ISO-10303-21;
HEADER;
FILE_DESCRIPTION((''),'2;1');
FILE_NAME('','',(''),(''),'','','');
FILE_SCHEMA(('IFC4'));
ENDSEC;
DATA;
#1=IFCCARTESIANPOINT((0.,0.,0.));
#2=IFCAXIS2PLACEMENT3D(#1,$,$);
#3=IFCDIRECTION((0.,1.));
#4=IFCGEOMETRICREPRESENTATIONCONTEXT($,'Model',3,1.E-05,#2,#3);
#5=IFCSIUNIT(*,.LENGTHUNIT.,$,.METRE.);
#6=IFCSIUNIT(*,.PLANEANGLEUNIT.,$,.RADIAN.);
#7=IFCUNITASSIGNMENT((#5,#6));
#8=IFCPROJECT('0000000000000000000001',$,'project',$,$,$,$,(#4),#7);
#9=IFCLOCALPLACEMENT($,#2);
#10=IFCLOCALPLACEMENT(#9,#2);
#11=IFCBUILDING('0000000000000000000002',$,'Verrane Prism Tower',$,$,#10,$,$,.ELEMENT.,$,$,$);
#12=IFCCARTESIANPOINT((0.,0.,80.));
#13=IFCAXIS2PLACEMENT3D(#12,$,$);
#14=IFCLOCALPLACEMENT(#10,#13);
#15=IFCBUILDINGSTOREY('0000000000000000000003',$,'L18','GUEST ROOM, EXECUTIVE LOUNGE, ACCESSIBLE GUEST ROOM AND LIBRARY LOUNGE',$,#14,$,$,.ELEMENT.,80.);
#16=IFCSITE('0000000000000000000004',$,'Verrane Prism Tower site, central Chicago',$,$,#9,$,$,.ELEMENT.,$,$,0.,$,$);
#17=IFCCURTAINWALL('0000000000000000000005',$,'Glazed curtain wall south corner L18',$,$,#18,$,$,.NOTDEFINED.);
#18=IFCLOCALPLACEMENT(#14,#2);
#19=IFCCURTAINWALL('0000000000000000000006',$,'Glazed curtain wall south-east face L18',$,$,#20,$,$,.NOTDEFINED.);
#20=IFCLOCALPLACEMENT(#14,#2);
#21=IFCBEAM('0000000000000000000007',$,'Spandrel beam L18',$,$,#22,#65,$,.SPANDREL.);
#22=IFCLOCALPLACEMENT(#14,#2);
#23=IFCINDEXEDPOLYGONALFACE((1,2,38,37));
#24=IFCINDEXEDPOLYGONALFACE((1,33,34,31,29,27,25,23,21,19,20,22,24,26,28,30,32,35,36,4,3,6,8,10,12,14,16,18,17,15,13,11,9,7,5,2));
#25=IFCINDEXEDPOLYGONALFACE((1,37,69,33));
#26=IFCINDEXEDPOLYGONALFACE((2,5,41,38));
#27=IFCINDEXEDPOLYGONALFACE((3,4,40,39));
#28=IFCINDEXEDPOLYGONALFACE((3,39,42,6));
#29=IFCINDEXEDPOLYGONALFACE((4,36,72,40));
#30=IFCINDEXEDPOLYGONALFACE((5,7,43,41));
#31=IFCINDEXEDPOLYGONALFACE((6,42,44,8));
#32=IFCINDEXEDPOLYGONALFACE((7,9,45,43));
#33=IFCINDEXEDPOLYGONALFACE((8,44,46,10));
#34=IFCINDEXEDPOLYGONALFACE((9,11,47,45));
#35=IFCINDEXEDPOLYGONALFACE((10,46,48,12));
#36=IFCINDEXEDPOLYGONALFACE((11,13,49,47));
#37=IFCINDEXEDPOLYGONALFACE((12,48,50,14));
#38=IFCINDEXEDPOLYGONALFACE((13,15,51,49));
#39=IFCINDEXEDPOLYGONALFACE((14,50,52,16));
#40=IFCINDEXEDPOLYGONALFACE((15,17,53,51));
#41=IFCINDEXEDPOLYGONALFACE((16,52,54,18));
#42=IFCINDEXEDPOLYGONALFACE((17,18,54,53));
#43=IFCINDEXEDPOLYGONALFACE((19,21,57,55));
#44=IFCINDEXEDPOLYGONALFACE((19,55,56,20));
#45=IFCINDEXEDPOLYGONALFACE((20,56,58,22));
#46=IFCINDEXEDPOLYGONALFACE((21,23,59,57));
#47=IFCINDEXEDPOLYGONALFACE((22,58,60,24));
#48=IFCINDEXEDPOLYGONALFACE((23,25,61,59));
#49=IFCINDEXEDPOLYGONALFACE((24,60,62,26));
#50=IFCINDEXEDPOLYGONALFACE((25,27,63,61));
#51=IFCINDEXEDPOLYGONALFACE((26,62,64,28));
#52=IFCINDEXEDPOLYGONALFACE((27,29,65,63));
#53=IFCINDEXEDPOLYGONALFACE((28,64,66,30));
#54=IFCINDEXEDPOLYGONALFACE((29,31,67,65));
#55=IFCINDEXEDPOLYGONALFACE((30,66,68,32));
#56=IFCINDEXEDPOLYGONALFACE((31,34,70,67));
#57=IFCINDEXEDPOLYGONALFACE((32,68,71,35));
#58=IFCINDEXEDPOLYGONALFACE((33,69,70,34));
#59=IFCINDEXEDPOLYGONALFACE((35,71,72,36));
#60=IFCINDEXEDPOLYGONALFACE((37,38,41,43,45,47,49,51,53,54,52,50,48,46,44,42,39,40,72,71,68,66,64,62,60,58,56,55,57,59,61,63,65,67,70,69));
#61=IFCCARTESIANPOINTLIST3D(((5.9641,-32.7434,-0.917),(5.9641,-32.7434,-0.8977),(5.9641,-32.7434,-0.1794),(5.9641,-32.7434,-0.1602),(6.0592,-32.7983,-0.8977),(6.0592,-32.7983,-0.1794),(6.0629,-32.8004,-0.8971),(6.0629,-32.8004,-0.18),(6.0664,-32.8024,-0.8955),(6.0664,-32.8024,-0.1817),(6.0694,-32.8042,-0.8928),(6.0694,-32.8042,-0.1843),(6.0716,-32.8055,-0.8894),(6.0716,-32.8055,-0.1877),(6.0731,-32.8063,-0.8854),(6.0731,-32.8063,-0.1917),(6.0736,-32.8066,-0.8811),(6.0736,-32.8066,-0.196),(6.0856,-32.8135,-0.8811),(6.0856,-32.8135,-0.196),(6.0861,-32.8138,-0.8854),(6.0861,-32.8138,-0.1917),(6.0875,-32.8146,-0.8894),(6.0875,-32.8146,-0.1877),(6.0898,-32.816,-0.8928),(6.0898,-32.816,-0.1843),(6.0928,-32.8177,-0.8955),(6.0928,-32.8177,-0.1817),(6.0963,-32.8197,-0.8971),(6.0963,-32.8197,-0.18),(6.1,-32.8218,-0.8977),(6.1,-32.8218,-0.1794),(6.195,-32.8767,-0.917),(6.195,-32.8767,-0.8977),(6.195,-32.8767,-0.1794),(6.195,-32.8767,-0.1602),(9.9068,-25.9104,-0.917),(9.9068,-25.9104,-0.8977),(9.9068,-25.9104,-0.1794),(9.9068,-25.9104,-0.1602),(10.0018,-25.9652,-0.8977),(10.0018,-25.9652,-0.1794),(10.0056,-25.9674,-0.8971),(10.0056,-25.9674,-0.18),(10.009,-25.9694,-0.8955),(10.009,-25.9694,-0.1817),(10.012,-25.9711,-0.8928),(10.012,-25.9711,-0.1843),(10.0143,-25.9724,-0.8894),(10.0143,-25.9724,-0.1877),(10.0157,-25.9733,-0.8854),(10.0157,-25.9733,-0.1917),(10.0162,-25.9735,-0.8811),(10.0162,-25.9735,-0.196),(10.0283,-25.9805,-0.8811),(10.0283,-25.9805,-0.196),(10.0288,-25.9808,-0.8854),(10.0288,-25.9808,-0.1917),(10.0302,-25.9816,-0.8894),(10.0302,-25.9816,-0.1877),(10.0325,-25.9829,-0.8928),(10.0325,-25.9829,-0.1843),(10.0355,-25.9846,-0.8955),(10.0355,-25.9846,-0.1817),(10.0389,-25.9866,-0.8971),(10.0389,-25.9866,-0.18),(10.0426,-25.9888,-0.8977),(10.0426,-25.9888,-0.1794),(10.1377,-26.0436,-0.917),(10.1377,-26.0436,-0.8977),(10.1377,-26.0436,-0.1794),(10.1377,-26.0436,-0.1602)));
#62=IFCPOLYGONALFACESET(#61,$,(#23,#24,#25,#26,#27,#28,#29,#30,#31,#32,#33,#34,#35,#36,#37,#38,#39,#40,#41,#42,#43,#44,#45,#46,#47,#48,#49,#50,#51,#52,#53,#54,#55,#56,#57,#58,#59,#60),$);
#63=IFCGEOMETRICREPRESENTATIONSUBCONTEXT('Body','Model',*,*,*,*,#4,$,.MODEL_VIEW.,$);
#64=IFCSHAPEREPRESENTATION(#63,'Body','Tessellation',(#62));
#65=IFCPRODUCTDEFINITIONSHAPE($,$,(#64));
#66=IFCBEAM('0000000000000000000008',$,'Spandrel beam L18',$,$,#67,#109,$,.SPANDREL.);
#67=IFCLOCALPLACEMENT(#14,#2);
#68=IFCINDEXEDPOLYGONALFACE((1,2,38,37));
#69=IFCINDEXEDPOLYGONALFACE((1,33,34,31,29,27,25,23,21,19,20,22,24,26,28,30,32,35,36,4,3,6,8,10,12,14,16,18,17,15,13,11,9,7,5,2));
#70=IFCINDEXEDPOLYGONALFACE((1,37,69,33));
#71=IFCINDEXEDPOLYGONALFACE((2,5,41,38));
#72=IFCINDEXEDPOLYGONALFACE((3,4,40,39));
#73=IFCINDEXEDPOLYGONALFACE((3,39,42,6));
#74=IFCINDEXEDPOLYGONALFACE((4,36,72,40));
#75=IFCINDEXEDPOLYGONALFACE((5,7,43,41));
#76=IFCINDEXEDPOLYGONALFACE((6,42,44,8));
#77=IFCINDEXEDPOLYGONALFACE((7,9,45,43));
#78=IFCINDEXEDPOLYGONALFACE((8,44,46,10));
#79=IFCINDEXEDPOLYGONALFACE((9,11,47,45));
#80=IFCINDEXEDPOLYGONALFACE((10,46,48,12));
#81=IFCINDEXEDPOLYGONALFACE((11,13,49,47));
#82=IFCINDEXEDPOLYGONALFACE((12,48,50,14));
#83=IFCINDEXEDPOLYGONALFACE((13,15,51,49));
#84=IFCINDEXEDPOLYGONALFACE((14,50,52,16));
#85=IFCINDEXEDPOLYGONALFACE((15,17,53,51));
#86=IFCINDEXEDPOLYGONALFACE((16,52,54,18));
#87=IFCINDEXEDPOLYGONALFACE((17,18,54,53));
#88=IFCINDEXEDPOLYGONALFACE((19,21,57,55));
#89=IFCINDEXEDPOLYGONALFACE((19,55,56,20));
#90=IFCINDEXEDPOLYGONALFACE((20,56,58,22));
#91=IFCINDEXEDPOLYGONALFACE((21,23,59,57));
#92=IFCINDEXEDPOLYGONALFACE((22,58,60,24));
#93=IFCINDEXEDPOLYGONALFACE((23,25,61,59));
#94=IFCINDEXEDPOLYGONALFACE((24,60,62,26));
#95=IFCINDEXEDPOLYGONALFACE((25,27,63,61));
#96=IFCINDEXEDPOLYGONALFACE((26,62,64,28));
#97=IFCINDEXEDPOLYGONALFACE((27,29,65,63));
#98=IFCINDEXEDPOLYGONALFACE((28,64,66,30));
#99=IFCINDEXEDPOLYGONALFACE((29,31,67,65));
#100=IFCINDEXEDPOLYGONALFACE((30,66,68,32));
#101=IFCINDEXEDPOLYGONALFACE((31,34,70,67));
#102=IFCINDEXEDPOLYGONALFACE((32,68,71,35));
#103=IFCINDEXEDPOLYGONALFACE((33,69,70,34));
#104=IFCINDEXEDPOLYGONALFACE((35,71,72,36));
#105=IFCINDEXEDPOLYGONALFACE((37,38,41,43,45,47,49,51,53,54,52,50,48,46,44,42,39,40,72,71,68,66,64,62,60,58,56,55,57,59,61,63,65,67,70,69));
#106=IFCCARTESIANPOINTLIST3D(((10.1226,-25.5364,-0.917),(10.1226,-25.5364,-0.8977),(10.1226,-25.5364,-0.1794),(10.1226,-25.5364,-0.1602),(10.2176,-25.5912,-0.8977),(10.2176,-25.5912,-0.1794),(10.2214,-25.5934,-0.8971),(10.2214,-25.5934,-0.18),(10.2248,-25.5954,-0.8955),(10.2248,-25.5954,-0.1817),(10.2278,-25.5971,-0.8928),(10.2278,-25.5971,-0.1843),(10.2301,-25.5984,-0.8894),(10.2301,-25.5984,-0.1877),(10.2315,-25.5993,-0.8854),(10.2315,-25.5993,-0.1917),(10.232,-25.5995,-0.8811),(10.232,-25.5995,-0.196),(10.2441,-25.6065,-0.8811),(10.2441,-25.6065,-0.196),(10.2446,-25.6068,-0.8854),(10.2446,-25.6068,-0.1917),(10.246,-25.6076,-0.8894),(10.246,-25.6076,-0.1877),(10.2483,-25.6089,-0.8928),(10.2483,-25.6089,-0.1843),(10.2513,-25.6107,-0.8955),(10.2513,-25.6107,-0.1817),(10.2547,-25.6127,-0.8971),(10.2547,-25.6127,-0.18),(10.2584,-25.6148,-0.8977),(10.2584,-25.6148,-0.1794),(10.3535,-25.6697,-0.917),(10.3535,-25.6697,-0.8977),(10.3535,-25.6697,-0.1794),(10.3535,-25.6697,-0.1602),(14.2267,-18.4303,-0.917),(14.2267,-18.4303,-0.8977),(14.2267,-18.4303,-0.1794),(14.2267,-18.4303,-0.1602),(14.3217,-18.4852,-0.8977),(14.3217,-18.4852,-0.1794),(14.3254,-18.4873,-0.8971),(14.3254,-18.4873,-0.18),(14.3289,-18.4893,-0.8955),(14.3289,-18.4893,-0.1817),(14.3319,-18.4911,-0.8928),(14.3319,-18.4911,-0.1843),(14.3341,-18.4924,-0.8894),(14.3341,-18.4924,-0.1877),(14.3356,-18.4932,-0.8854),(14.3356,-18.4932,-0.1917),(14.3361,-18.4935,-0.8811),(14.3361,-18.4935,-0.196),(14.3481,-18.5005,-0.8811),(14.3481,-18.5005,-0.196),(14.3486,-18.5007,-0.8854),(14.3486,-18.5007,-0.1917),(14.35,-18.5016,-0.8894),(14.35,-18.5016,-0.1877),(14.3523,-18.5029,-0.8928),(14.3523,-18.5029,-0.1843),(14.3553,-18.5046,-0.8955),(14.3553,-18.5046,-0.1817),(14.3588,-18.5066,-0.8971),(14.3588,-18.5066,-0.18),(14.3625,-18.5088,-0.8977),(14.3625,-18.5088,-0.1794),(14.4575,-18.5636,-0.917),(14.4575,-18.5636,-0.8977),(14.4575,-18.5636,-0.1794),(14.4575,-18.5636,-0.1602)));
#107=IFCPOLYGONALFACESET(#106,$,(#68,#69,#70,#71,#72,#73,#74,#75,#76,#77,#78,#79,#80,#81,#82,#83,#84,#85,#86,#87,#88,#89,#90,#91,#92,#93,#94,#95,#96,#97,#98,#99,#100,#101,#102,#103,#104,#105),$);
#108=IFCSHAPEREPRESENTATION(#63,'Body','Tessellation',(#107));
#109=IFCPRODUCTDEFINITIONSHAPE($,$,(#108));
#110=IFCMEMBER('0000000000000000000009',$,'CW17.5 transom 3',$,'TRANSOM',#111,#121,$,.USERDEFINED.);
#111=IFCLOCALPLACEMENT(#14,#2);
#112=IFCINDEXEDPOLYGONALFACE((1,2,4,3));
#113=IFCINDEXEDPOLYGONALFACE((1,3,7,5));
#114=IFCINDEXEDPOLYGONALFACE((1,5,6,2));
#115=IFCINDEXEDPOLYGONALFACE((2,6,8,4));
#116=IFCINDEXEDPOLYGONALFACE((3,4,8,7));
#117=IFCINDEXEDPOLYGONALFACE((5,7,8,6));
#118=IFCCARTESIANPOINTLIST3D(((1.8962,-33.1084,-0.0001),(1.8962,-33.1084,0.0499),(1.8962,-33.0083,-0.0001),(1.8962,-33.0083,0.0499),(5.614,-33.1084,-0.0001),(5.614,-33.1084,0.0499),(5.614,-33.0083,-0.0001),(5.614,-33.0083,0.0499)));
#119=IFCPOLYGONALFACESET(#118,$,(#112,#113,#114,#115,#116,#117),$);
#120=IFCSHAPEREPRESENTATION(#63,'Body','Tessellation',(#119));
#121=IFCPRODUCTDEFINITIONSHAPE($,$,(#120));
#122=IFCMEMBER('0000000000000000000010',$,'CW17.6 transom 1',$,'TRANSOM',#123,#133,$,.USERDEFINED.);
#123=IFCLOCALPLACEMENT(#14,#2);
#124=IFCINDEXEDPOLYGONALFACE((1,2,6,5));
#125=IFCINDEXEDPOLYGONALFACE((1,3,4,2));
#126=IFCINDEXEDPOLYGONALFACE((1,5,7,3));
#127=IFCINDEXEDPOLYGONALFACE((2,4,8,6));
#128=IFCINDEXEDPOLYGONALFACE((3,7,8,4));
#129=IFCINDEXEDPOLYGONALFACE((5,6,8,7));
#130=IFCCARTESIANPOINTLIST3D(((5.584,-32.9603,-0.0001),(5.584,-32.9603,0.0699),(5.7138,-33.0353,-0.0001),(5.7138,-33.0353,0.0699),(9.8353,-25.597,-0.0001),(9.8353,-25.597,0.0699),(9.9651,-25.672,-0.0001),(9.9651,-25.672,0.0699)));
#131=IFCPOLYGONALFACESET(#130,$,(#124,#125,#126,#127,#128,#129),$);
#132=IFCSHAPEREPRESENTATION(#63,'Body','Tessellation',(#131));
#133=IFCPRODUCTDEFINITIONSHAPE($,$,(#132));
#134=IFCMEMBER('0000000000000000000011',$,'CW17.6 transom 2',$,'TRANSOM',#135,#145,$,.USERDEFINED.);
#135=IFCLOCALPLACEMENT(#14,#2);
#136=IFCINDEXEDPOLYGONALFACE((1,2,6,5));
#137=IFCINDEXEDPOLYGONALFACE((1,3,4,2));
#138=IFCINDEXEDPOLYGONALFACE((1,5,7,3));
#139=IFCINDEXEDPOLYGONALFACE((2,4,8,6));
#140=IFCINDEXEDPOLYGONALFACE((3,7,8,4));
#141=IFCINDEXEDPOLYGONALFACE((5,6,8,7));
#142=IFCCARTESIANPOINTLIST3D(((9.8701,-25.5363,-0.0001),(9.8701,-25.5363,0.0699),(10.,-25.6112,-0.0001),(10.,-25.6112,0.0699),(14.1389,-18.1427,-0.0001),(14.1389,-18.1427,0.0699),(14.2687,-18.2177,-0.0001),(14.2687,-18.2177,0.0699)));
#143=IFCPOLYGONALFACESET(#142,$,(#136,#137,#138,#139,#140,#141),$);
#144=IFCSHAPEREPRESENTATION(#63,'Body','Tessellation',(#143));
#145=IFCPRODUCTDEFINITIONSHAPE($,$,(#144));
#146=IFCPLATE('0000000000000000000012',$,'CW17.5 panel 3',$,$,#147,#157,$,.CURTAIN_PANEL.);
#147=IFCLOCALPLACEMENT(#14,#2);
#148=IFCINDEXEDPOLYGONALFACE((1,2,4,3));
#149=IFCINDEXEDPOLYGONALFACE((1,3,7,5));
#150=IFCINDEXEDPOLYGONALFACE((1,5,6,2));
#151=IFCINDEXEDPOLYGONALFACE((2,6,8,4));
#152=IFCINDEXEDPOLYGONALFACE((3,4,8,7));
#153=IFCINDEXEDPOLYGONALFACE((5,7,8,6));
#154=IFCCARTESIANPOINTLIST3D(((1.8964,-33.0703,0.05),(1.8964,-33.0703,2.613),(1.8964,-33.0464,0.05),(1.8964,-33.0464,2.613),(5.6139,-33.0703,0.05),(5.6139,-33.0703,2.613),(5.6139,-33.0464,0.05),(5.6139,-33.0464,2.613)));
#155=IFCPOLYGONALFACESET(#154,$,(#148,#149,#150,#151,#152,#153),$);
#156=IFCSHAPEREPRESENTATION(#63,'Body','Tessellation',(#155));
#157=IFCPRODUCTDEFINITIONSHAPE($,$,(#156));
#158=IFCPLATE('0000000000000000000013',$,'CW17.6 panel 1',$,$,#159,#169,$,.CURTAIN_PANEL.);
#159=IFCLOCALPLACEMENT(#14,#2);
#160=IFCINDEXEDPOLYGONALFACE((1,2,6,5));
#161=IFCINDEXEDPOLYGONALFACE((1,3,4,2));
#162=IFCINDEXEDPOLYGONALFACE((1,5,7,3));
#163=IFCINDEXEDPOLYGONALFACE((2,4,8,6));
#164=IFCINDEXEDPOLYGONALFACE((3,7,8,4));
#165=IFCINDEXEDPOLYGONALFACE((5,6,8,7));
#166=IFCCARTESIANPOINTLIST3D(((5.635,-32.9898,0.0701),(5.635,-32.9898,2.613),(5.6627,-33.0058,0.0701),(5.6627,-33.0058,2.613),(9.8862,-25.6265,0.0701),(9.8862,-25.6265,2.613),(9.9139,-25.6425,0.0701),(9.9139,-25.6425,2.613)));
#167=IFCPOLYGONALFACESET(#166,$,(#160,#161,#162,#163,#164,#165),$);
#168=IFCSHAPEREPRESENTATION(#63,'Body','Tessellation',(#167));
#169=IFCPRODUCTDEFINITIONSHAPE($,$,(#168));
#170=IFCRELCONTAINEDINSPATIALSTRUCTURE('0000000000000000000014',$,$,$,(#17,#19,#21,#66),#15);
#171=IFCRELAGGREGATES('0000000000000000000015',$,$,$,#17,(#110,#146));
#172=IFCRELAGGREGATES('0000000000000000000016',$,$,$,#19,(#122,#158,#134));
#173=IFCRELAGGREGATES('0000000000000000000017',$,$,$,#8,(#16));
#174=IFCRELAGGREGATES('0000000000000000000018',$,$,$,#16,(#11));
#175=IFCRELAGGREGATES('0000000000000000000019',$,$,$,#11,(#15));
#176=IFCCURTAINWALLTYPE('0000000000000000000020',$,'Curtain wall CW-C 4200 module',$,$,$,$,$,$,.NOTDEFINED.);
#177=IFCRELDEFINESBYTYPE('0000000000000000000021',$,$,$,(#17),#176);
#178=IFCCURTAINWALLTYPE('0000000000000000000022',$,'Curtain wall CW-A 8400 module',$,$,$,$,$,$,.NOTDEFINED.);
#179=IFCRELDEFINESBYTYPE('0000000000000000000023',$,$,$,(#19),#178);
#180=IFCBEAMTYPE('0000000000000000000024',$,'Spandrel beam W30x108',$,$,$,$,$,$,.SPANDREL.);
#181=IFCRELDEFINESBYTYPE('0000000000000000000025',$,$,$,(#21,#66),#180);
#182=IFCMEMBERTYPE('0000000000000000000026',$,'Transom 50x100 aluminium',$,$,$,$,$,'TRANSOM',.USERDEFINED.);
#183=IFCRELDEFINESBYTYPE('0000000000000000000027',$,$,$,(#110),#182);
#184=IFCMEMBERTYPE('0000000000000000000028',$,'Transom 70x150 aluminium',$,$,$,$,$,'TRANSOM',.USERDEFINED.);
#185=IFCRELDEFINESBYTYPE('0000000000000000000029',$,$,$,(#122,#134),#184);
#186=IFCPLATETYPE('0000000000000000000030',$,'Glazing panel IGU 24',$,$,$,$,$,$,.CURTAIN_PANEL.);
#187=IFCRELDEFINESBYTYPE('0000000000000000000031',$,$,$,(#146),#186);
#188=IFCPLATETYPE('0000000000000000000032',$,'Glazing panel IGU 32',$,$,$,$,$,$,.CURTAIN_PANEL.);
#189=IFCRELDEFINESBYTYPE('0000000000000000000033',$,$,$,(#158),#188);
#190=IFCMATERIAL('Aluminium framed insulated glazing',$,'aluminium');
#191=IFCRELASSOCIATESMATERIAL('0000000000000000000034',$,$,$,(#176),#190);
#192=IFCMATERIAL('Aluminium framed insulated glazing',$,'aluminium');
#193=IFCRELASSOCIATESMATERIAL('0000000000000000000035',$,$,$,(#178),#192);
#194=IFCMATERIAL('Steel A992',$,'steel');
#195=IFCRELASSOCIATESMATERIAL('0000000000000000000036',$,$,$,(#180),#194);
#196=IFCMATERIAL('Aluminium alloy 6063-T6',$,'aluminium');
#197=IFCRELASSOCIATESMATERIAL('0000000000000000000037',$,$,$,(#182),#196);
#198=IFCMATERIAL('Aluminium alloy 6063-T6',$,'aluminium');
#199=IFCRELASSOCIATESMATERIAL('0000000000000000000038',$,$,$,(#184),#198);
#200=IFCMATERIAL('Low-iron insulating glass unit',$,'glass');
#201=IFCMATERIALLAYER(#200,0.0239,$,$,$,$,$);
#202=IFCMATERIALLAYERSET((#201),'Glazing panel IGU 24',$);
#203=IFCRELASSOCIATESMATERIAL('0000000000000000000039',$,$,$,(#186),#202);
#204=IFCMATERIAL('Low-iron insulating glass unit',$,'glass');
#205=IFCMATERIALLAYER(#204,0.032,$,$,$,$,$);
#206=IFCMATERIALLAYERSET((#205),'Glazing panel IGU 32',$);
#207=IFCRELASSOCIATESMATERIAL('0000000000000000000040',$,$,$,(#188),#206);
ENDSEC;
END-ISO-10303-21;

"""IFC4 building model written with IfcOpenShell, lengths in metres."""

from ifc_helpers import new_model, si_unit, direction, frame, origin, origin_2d, place, context, subcontext, project, spatial, rectangle, i_section, extrude, material, layer, layer_set, material_profile, profile_set, type_object, element, aggregate, save


model = new_model("IFC4")

# Units and contexts
model_context = context("Model", 3, precision=1e-05, world=origin(), true_north=direction((0.0, 1.0)))
body_context = subcontext(model_context, "Body", "Model", "MODEL_VIEW")
ifc_project = project(units=[si_unit("LENGTHUNIT", "METRE"), si_unit("PLANEANGLEUNIT", "RADIAN")], contexts=[model_context])

# Site, building, storey
site_placement = place(None, origin())
site = spatial("IfcSite", under=ifc_project, at=site_placement, Name="Verrane Prism Tower site, central Chicago", CompositionType="ELEMENT", RefElevation=0.0)
building_placement = place(site_placement, origin())
building = spatial("IfcBuilding", under=site, at=building_placement, Name="Verrane Prism Tower", CompositionType="ELEMENT")
storey_placement = place(building_placement, frame((0.0, 0.0, 80.0)))
storey = spatial("IfcBuildingStorey", under=building, at=storey_placement, Name="L18", Description="GUEST ROOM, EXECUTIVE LOUNGE, ACCESSIBLE GUEST ROOM AND LIBRARY LOUNGE", CompositionType="ELEMENT", Elevation=80.0)

# Curtain wall
ifc_material_1 = material(Name="Aluminium framed insulated glazing", Category="aluminium")
curtain_wall_type_1 = type_object("IfcCurtainWallType", Name="Curtain wall CW-C 4200 module", PredefinedType="NOTDEFINED", material=ifc_material_1)
curtain_wall_1_placement = place(storey_placement, origin())
curtain_wall_1 = element("IfcCurtainWall", 1, at=curtain_wall_1_placement, inside=storey, type_object=curtain_wall_type_1, Name="Glazed curtain wall south corner L18", PredefinedType="NOTDEFINED")

# Curtain wall
ifc_material_2 = material(Name="Aluminium framed insulated glazing", Category="aluminium")
curtain_wall_type_2 = type_object("IfcCurtainWallType", Name="Curtain wall CW-A 8400 module", PredefinedType="NOTDEFINED", material=ifc_material_2)
curtain_wall_2_placement = place(storey_placement, origin())
curtain_wall_2 = element("IfcCurtainWall", 2, at=curtain_wall_2_placement, inside=storey, type_object=curtain_wall_type_2, Name="Glazed curtain wall south-east face L18", PredefinedType="NOTDEFINED")

# Beams
ifc_material_3 = material(Name="Steel A992", Category="steel")
ifc_material_profile_1 = material_profile(ifc_material_3, i_section(OverallWidth=0.2666, OverallDepth=0.7568, WebThickness=0.0139, FlangeThickness=0.0193, FilletRadius=0.0166, at=origin_2d()), Name="W30x108")
ifc_profile_set_1 = profile_set([ifc_material_profile_1], Name="Steel A992")
beam_type_1 = type_object("IfcBeamType", Name="Spandrel beam W30x108", PredefinedType="SPANDREL", material=ifc_profile_set_1)
beam_1_placement = place(storey_placement, frame((6.0796, -32.8101, -0.5386), z_axis=(0.499771, 0.866158, 0.0), x_axis=(-0.866158, 0.499771, 0.0)))
element("IfcBeam", 3, at=beam_1_placement, inside=storey, type_object=beam_type_1, Name="Spandrel beam L18", PredefinedType="SPANDREL", context=body_context, shape_type="SweptSolid", body=[
    extrude(i_section(OverallWidth=0.2666, OverallDepth=0.7568, WebThickness=0.0139, FlangeThickness=0.0193, FilletRadius=0.0166, at=origin_2d()), origin(), (0.0, 0.0, 1.0), 7.8889),
])
beam_2_placement = place(storey_placement, frame((10.238, -25.603, -0.5386), z_axis=(0.500126, 0.865953, 0.0), x_axis=(-0.865953, 0.500126, 0.0)))
element("IfcBeam", 4, at=beam_2_placement, inside=storey, type_object=beam_type_1, Name="Spandrel beam L18", PredefinedType="SPANDREL", context=body_context, shape_type="SweptSolid", body=[
    extrude(i_section(OverallWidth=0.2666, OverallDepth=0.7568, WebThickness=0.0139, FlangeThickness=0.0193, FilletRadius=0.0166, at=origin_2d()), origin(), (0.0, 0.0, 1.0), 8.2061),
])

# Members
ifc_material_4 = material(Name="Aluminium alloy 6063-T6", Category="aluminium")
ifc_material_profile_2 = material_profile(ifc_material_4, rectangle(XDim=0.1001, YDim=0.05, at=origin_2d()), Name="Transom 50x100 aluminium")
ifc_profile_set_2 = profile_set([ifc_material_profile_2], Name="Aluminium alloy 6063-T6")
member_type_1 = type_object("IfcMemberType", Name="Transom 50x100 aluminium", ElementType="TRANSOM", PredefinedType="USERDEFINED", material=ifc_profile_set_2)
member_1_placement = place(storey_placement, frame((1.8962, -33.0583, 0.0249), z_axis=(1.0, 0.0, 0.0), x_axis=(0.0, 1.0, 0.0)))
member_1 = element("IfcMember", 5, at=member_1_placement, type_object=member_type_1, Name="CW17.5 transom 3", ObjectType="TRANSOM", PredefinedType="USERDEFINED", context=body_context, shape_type="SweptSolid", body=[
    extrude(rectangle(XDim=0.1001, YDim=0.05, at=origin_2d()), origin(), (0.0, 0.0, 1.0), 3.7178),
])
ifc_material_5 = material(Name="Aluminium alloy 6063-T6", Category="aluminium")
ifc_material_profile_3 = material_profile(ifc_material_5, rectangle(XDim=0.1499, YDim=0.0701, at=origin_2d()), Name="Transom 70x150 aluminium")
ifc_profile_set_3 = profile_set([ifc_material_profile_3], Name="Aluminium alloy 6063-T6")
member_type_2 = type_object("IfcMemberType", Name="Transom 70x150 aluminium", ElementType="TRANSOM", PredefinedType="USERDEFINED", material=ifc_profile_set_3)
member_2_placement = place(storey_placement, frame((5.6489, -32.9978, 0.0349), z_axis=(0.500002, 0.866024, 0.0), x_axis=(-0.866024, 0.500002, 0.0)))
member_2 = element("IfcMember", 6, at=member_2_placement, type_object=member_type_2, Name="CW17.6 transom 1", ObjectType="TRANSOM", PredefinedType="USERDEFINED", context=body_context, shape_type="SweptSolid", body=[
    extrude(rectangle(XDim=0.1499, YDim=0.0701, at=origin_2d()), origin(), (0.0, 0.0, 1.0), 8.5024),
])
member_3_placement = place(storey_placement, frame((9.9351, -25.5737, 0.0349), z_axis=(0.500011, 0.866019, 0.0), x_axis=(-0.866019, 0.500011, 0.0)))
member_3 = element("IfcMember", 7, at=member_3_placement, type_object=member_type_2, Name="CW17.6 transom 2", ObjectType="TRANSOM", PredefinedType="USERDEFINED", context=body_context, shape_type="SweptSolid", body=[
    extrude(rectangle(XDim=0.1499, YDim=0.0701, at=origin_2d()), origin(), (0.0, 0.0, 1.0), 8.5374),
])

# Plates
ifc_material_6 = material(Name="Low-iron insulating glass unit", Category="glass")
ifc_layer_1 = layer(ifc_material_6, 0.0239)
ifc_layer_set_1 = layer_set([ifc_layer_1], Name="Glazing panel IGU 24")
plate_type_1 = type_object("IfcPlateType", Name="Glazing panel IGU 24", PredefinedType="CURTAIN_PANEL", material=ifc_layer_set_1)
plate_1_placement = place(storey_placement, frame((3.7551, -33.0583, 0.05), z_axis=(0.0, 0.0, 1.0), x_axis=(1.0, 0.0, 0.0)))
plate_1 = element("IfcPlate", 8, at=plate_1_placement, type_object=plate_type_1, Name="CW17.5 panel 3", PredefinedType="CURTAIN_PANEL", context=body_context, shape_type="SweptSolid", body=[
    extrude(rectangle(XDim=3.7175, YDim=0.0239, at=origin_2d()), origin(), (0.0, 0.0, 1.0), 2.563),
])
aggregate(curtain_wall_1, [member_1, plate_1])
ifc_material_7 = material(Name="Low-iron insulating glass unit", Category="glass")
ifc_layer_2 = layer(ifc_material_7, 0.032)
ifc_layer_set_2 = layer_set([ifc_layer_2], Name="Glazing panel IGU 32")
plate_type_2 = type_object("IfcPlateType", Name="Glazing panel IGU 32", PredefinedType="CURTAIN_PANEL", material=ifc_layer_set_2)
plate_2_placement = place(storey_placement, frame((7.7744, -29.3162, 0.0701), z_axis=(0.0, 0.0, 1.0), x_axis=(0.499999, 0.866026, 0.0)))
plate_2 = element("IfcPlate", 9, at=plate_2_placement, type_object=plate_type_2, Name="CW17.6 panel 1", PredefinedType="CURTAIN_PANEL", context=body_context, shape_type="SweptSolid", body=[
    extrude(rectangle(XDim=8.5024, YDim=0.032, at=origin_2d()), origin(), (0.0, 0.0, 1.0), 2.543),
])
aggregate(curtain_wall_2, [member_2, plate_2, member_3])

save(model, "model.ifc")
